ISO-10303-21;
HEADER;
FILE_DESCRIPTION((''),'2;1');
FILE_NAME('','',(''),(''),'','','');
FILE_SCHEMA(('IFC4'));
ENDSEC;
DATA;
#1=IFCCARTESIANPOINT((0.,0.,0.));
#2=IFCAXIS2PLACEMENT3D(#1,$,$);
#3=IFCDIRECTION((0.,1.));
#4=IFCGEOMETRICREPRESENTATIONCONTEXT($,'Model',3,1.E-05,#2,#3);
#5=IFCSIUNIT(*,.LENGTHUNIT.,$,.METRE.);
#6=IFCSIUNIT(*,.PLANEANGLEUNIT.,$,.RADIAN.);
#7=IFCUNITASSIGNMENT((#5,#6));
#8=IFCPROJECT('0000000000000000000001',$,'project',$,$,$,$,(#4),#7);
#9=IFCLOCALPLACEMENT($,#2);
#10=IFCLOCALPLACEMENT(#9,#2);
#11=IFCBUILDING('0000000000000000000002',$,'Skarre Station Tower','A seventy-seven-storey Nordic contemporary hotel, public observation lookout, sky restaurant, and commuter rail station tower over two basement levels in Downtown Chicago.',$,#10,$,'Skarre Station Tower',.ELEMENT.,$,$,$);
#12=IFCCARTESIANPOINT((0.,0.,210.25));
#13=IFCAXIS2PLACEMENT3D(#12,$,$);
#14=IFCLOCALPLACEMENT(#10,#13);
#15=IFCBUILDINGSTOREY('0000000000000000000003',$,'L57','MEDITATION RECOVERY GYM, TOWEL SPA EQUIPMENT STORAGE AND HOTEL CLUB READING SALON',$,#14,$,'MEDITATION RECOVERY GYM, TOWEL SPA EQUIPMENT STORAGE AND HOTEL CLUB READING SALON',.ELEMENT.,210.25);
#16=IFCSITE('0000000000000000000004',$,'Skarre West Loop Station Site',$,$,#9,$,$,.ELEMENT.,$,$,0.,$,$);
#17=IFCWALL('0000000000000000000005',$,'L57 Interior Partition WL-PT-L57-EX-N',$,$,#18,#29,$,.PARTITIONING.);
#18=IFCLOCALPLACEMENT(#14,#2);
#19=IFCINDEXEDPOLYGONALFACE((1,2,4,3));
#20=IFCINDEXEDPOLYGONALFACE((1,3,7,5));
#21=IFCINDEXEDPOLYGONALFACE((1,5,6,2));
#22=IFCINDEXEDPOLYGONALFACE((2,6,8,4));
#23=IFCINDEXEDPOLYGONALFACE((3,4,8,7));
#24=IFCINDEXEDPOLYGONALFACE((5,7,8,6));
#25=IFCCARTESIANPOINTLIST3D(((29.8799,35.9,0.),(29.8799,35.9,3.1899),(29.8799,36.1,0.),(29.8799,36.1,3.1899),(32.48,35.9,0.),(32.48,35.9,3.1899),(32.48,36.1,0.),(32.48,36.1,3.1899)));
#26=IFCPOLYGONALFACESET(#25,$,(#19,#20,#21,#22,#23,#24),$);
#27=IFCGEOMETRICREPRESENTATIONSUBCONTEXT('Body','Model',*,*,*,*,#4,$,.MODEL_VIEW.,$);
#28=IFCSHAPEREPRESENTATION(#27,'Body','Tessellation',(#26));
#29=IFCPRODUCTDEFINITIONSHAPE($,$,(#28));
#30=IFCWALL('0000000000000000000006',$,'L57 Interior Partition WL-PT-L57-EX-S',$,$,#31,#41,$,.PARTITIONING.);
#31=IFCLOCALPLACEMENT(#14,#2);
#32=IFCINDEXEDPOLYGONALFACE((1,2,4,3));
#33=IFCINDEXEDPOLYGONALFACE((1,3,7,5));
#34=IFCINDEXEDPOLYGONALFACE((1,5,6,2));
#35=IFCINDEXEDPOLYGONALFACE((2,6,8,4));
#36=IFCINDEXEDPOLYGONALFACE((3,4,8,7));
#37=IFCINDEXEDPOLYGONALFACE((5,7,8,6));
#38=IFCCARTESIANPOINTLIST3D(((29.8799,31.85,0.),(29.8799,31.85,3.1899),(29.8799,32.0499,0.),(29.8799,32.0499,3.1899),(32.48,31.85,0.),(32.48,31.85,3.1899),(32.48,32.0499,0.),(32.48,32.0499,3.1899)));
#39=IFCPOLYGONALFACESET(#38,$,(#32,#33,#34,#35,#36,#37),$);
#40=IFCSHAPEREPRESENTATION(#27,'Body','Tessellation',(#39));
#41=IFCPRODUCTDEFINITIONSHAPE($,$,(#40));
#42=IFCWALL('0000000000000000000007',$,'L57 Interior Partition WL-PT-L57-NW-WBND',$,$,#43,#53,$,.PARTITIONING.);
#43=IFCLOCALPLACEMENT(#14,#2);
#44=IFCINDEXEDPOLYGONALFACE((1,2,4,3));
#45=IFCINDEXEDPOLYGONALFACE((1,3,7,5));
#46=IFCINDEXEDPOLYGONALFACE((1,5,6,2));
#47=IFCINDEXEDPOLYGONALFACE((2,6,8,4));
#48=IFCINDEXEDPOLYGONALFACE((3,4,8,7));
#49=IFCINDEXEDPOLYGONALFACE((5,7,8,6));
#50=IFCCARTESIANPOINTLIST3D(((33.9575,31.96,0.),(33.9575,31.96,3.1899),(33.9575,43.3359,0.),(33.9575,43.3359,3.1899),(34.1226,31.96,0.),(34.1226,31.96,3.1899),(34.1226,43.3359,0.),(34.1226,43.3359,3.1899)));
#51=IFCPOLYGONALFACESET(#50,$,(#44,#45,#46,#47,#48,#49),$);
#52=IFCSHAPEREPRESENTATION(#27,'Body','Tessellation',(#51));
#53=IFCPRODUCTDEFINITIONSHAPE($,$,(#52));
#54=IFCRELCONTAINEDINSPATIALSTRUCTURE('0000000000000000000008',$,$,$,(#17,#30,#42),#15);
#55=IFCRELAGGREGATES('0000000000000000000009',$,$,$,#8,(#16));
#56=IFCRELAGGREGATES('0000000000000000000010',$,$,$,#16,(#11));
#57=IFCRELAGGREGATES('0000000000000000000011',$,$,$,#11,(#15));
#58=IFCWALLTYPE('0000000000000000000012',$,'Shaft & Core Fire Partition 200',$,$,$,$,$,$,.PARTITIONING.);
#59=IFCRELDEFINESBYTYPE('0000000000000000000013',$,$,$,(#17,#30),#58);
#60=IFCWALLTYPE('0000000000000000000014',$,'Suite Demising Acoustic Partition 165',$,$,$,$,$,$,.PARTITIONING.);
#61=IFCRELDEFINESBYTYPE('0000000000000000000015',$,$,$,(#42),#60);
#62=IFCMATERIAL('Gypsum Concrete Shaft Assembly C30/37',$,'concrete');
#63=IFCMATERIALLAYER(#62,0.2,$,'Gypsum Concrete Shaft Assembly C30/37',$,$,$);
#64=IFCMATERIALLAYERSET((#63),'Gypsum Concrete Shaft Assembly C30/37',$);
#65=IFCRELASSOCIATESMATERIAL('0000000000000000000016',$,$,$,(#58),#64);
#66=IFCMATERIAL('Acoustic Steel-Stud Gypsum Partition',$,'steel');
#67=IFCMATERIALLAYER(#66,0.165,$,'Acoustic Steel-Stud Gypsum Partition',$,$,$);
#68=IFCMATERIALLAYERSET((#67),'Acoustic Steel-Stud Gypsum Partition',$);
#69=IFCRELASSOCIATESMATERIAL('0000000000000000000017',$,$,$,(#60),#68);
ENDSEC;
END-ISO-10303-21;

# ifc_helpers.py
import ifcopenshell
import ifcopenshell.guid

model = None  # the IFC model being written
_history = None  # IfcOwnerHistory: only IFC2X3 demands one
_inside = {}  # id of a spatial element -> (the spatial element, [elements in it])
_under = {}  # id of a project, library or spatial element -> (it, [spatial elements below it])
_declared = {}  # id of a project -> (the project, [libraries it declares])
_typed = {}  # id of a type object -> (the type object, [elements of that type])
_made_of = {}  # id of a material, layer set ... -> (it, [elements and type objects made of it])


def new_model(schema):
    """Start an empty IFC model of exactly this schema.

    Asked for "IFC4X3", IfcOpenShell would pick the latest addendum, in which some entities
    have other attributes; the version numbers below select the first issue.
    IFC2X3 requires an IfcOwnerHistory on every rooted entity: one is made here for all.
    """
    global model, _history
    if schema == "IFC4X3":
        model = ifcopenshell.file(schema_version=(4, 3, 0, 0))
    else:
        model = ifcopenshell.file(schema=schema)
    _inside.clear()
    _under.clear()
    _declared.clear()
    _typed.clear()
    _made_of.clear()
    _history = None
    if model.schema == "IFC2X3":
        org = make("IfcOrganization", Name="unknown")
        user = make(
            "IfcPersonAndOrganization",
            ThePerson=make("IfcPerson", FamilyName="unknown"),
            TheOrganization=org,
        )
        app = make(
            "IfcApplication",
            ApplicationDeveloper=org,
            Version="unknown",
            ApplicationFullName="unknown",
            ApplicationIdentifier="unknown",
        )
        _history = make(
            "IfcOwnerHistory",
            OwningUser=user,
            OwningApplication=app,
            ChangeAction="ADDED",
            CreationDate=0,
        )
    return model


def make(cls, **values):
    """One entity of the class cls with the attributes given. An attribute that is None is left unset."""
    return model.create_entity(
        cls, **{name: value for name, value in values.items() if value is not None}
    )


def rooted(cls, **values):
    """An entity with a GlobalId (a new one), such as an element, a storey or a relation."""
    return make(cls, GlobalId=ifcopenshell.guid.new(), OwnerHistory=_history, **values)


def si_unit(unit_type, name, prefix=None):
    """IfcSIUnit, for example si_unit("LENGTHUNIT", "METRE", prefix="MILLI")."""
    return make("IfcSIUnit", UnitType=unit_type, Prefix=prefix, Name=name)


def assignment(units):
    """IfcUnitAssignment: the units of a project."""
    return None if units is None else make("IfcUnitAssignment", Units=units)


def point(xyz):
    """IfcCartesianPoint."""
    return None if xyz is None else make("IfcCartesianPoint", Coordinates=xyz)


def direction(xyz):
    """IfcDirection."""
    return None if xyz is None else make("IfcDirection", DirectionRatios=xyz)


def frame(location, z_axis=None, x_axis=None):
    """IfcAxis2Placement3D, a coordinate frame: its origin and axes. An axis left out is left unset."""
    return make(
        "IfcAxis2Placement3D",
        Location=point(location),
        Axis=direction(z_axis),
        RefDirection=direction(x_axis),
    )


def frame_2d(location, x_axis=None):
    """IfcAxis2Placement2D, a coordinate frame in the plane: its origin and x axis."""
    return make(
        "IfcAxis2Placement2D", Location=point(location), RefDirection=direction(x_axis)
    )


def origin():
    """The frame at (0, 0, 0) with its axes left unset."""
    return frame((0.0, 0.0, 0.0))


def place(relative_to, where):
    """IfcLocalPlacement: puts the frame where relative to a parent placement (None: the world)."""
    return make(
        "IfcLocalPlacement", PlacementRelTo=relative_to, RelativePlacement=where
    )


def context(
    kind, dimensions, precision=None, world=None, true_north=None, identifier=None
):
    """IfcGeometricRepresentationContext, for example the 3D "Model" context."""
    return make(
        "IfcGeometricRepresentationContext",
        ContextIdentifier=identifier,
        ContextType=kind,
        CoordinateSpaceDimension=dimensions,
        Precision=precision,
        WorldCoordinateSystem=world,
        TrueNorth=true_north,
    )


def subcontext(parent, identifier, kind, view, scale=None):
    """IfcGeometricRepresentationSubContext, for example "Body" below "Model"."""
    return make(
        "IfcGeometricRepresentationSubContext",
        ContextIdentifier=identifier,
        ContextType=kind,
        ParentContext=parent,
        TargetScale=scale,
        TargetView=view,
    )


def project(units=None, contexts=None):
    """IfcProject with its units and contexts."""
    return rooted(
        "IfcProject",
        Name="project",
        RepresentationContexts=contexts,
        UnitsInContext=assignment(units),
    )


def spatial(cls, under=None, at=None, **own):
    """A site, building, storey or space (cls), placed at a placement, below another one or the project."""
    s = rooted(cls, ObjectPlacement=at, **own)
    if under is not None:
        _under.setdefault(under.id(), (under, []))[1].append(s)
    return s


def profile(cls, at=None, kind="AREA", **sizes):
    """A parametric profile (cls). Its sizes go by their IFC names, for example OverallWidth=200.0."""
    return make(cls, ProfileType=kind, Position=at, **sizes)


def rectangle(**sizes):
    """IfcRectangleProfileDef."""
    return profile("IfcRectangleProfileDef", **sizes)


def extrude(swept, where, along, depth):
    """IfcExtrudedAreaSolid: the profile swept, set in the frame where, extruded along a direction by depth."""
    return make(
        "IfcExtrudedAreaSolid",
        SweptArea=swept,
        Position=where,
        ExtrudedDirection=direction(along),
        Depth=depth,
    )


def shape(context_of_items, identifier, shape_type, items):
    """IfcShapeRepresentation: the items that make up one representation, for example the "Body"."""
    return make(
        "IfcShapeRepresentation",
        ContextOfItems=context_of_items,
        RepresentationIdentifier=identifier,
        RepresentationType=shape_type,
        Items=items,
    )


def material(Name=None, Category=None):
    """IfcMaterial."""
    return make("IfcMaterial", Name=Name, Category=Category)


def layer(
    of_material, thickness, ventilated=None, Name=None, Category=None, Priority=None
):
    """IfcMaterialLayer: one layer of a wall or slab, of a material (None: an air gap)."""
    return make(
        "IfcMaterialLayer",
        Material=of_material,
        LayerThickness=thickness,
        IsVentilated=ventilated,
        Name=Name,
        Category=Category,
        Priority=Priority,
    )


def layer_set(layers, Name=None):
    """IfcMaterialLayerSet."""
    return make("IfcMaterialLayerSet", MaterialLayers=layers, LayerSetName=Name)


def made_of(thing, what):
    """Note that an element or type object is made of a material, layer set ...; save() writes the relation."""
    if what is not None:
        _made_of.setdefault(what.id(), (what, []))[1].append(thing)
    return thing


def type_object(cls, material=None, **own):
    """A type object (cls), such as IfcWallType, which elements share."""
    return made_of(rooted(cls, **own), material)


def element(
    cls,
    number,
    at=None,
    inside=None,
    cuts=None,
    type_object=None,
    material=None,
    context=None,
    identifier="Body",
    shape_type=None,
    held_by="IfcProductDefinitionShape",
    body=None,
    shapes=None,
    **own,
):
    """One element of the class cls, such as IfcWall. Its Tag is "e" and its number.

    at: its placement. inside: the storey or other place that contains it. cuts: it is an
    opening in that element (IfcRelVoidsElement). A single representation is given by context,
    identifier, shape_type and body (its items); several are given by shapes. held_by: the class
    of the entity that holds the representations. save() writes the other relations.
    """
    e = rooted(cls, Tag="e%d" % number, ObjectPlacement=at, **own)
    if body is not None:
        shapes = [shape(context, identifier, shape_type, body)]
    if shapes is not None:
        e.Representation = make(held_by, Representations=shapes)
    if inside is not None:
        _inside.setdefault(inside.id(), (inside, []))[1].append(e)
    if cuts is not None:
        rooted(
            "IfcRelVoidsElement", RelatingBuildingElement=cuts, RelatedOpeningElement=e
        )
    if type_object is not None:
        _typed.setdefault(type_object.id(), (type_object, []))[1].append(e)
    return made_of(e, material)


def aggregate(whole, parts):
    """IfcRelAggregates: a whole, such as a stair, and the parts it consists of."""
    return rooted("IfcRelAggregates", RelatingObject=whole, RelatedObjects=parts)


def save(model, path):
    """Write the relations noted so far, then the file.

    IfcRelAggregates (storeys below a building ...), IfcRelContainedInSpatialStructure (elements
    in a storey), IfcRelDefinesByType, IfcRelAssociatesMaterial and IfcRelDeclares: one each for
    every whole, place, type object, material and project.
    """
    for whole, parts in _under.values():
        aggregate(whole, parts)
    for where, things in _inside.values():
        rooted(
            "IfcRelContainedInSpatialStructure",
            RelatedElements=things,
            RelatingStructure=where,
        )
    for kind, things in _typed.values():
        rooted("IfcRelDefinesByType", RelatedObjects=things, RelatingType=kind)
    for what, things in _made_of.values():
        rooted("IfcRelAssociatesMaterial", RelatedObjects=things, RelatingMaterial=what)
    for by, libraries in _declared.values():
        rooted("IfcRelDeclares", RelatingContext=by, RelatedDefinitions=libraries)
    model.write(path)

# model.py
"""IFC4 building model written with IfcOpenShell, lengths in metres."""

from ifc_helpers import new_model, si_unit, direction, frame, frame_2d, origin, place, context, subcontext, project, spatial, rectangle, extrude, material, layer, layer_set, type_object, element, save


model = new_model("IFC4")

# Units and contexts
model_context = context("Model", 3, precision=1e-05, world=origin(), true_north=direction((0.0, 1.0)))
body_context = subcontext(model_context, "Body", "Model", "MODEL_VIEW")
ifc_project = project(units=[si_unit("LENGTHUNIT", "METRE"), si_unit("PLANEANGLEUNIT", "RADIAN")], contexts=[model_context])

# Site, building, storey
site_placement = place(None, origin())
site = spatial("IfcSite", under=ifc_project, at=site_placement, Name="Skarre West Loop Station Site", CompositionType="ELEMENT", RefElevation=0.0)
building_placement = place(site_placement, origin())
building = spatial("IfcBuilding", under=site, at=building_placement, Name="Skarre Station Tower", Description="A seventy-seven-storey Nordic contemporary hotel, public observation lookout, sky restaurant, and commuter rail station tower over two basement levels in Downtown Chicago.", LongName="Skarre Station Tower", CompositionType="ELEMENT")
storey_placement = place(building_placement, frame((0.0, 0.0, 210.25)))
storey = spatial("IfcBuildingStorey", under=building, at=storey_placement, Name="L57", Description="MEDITATION RECOVERY GYM, TOWEL SPA EQUIPMENT STORAGE AND HOTEL CLUB READING SALON", LongName="MEDITATION RECOVERY GYM, TOWEL SPA EQUIPMENT STORAGE AND HOTEL CLUB READING SALON", CompositionType="ELEMENT", Elevation=210.25)

# Shared definitions
ifc_material_1 = material(Name="Acoustic Steel-Stud Gypsum Partition", Category="steel")

# Walls
ifc_material_2 = material(Name="Gypsum Concrete Shaft Assembly C30/37", Category="concrete")
ifc_layer_1 = layer(ifc_material_2, 0.2, Name="Gypsum Concrete Shaft Assembly C30/37")
ifc_layer_set_1 = layer_set([ifc_layer_1], Name="Gypsum Concrete Shaft Assembly C30/37")
wall_type_1 = type_object("IfcWallType", Name="Shaft & Core Fire Partition 200", PredefinedType="PARTITIONING", material=ifc_layer_set_1)
for number, where, z_axis, x_axis, name in (
    (1, (29.8799, 36.0, 0.0), (0.0, 0.0, 1.0), (1.0, 0.0, 0.0), "L57 Interior Partition WL-PT-L57-EX-N"),
    (2, (32.48, 31.95, 0.0), (0.0, 0.0, 1.0), (-1.0, 0.0, 0.0), "L57 Interior Partition WL-PT-L57-EX-S"),
):
    element("IfcWall", number, at=place(storey_placement, frame(where, z_axis=z_axis, x_axis=x_axis)), inside=storey, type_object=wall_type_1, Name=name, PredefinedType="PARTITIONING", context=body_context, shape_type="SweptSolid", body=[
        extrude(rectangle(XDim=2.6001, YDim=0.2, at=frame_2d((1.3, 0.0))), origin(), (0.0, 0.0, 1.0), 3.1899),
    ])
ifc_layer_2 = layer(ifc_material_1, 0.165, Name="Acoustic Steel-Stud Gypsum Partition")
ifc_layer_set_2 = layer_set([ifc_layer_2], Name="Acoustic Steel-Stud Gypsum Partition")
wall_type_2 = type_object("IfcWallType", Name="Suite Demising Acoustic Partition 165", PredefinedType="PARTITIONING", material=ifc_layer_set_2)
wall_1_placement = place(storey_placement, frame((34.04, 31.96, 0.0), z_axis=(0.0, 0.0, 1.0), x_axis=(0.0, 1.0, 0.0)))
element("IfcWall", 3, at=wall_1_placement, inside=storey, type_object=wall_type_2, Name="L57 Interior Partition WL-PT-L57-NW-WBND", PredefinedType="PARTITIONING", context=body_context, shape_type="SweptSolid", body=[
    extrude(rectangle(XDim=11.376, YDim=0.165, at=frame_2d((5.688, 0.0))), origin(), (0.0, 0.0, 1.0), 3.1899),
])

save(model, "model.ifc")
